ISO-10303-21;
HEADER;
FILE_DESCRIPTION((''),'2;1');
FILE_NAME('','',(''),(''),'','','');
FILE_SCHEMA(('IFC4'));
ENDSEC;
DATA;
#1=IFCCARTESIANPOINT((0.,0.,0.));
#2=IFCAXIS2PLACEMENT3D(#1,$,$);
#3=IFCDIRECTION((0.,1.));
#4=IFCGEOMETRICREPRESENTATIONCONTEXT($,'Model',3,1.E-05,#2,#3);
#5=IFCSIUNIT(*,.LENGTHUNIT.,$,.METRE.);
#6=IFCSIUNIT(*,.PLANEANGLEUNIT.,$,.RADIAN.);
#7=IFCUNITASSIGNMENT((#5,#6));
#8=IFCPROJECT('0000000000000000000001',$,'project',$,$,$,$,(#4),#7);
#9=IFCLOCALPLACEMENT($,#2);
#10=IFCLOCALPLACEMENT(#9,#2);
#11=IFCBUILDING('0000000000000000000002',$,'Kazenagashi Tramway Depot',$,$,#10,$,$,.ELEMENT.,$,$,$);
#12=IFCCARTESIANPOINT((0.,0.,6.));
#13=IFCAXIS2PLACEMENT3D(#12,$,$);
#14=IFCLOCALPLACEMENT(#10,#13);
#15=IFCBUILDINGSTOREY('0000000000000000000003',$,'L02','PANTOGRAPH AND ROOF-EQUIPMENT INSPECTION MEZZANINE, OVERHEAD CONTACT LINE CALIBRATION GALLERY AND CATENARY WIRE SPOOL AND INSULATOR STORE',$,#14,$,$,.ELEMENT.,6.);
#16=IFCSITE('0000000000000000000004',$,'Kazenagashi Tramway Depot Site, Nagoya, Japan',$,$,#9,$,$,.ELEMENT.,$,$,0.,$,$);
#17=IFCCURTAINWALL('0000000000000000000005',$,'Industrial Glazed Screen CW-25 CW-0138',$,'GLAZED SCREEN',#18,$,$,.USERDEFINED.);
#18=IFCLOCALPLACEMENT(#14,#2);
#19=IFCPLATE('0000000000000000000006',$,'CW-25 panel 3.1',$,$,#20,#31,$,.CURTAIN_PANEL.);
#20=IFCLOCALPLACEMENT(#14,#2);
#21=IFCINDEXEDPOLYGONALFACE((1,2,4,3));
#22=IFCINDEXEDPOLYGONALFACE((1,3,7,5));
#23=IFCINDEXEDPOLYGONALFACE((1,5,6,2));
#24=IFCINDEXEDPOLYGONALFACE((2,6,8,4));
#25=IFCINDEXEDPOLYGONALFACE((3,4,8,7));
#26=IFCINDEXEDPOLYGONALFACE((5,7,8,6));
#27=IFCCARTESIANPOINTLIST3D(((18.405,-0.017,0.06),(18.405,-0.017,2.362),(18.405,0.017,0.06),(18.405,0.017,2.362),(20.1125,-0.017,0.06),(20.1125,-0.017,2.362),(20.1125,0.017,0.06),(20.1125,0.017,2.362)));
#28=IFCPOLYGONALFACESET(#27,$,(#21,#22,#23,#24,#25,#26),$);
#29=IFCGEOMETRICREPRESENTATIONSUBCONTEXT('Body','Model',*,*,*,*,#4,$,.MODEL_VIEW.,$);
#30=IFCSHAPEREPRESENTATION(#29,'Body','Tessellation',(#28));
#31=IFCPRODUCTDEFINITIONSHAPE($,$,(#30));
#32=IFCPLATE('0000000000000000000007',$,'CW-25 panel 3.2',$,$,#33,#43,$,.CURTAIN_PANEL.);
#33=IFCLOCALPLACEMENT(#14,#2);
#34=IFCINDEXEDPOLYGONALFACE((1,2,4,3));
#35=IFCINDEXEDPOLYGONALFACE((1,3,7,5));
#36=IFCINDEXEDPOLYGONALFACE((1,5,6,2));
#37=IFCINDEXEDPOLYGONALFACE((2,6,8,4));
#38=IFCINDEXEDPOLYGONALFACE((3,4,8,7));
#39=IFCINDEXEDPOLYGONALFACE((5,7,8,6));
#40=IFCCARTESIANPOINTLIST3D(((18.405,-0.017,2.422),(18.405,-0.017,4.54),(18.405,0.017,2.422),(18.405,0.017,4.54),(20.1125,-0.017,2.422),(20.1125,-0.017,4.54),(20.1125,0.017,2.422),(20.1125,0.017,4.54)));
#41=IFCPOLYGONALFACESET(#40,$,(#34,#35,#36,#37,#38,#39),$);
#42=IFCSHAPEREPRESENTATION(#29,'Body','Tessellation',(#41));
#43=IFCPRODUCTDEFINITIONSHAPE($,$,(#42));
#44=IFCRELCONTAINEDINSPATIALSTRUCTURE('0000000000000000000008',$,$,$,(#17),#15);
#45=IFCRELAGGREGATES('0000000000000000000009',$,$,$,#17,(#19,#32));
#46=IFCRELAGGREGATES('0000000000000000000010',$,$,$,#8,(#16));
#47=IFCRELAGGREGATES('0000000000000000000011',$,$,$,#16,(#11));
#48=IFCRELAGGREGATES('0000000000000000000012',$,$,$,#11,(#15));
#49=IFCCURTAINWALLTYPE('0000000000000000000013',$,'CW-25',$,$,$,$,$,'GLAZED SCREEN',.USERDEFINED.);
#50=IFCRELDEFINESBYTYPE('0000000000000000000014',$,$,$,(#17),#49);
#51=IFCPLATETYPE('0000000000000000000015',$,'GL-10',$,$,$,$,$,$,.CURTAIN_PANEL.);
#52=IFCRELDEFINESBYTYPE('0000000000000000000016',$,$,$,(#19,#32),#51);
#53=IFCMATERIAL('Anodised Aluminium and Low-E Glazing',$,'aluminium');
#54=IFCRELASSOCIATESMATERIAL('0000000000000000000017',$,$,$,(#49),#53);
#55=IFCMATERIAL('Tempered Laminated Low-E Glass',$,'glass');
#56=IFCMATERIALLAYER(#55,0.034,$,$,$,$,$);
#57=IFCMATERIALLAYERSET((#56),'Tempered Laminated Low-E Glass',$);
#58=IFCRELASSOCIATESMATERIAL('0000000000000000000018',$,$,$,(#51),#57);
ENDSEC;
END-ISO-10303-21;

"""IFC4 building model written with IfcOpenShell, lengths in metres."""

from ifc_helpers import new_model, si_unit, direction, frame, origin, origin_2d, place, context, subcontext, project, spatial, rectangle, extrude, material, layer, layer_set, type_object, element, aggregate, save


model = new_model("IFC4")

# Units and contexts
model_context = context("Model", 3, precision=1e-05, world=origin(), true_north=direction((0.0, 1.0)))
body_context = subcontext(model_context, "Body", "Model", "MODEL_VIEW")
ifc_project = project(units=[si_unit("LENGTHUNIT", "METRE"), si_unit("PLANEANGLEUNIT", "RADIAN")], contexts=[model_context])

# Site, building, storey
site_placement = place(None, origin())
site = spatial("IfcSite", under=ifc_project, at=site_placement, Name="Kazenagashi Tramway Depot Site, Nagoya, Japan", CompositionType="ELEMENT", RefElevation=0.0)
building_placement = place(site_placement, origin())
building = spatial("IfcBuilding", under=site, at=building_placement, Name="Kazenagashi Tramway Depot", CompositionType="ELEMENT")
storey_placement = place(building_placement, frame((0.0, 0.0, 6.0)))
storey = spatial("IfcBuildingStorey", under=building, at=storey_placement, Name="L02", Description="PANTOGRAPH AND ROOF-EQUIPMENT INSPECTION MEZZANINE, OVERHEAD CONTACT LINE CALIBRATION GALLERY AND CATENARY WIRE SPOOL AND INSULATOR STORE", CompositionType="ELEMENT", Elevation=6.0)

# Curtain wall
ifc_material_1 = material(Name="Anodised Aluminium and Low-E Glazing", Category="aluminium")
curtain_wall_type = type_object("IfcCurtainWallType", Name="CW-25", ElementType="GLAZED SCREEN", PredefinedType="USERDEFINED", material=ifc_material_1)
curtain_wall_1_placement = place(storey_placement, origin())
curtain_wall_1 = element("IfcCurtainWall", 1, at=curtain_wall_1_placement, inside=storey, type_object=curtain_wall_type, Name="Industrial Glazed Screen CW-25 CW-0138", ObjectType="GLAZED SCREEN", PredefinedType="USERDEFINED")

# Plates
ifc_material_2 = material(Name="Tempered Laminated Low-E Glass", Category="glass")
ifc_layer_1 = layer(ifc_material_2, 0.034)
ifc_layer_set_1 = layer_set([ifc_layer_1], Name="Tempered Laminated Low-E Glass")
plate_type_1 = type_object("IfcPlateType", Name="GL-10", PredefinedType="CURTAIN_PANEL", material=ifc_layer_set_1)
plate_1_placement = place(storey_placement, frame((19.2587, 0.0, 0.06), z_axis=(0.0, 0.0, 1.0), x_axis=(1.0, 0.0, 0.0)))
plate_1 = element("IfcPlate", 2, at=plate_1_placement, type_object=plate_type_1, Name="CW-25 panel 3.1", PredefinedType="CURTAIN_PANEL", context=body_context, shape_type="SweptSolid", body=[
    extrude(rectangle(XDim=1.7075, YDim=0.034, at=origin_2d()), origin(), (0.0, 0.0, 1.0), 2.302),
])
plate_2_placement = place(storey_placement, frame((19.2587, 0.0, 2.422), z_axis=(0.0, 0.0, 1.0), x_axis=(1.0, 0.0, 0.0)))
plate_2 = element("IfcPlate", 3, at=plate_2_placement, type_object=plate_type_1, Name="CW-25 panel 3.2", PredefinedType="CURTAIN_PANEL", context=body_context, shape_type="SweptSolid", body=[
    extrude(rectangle(XDim=1.7075, YDim=0.034, at=origin_2d()), origin(), (0.0, 0.0, 1.0), 2.118),
])
aggregate(curtain_wall_1, [plate_1, plate_2])

save(model, "model.ifc")
